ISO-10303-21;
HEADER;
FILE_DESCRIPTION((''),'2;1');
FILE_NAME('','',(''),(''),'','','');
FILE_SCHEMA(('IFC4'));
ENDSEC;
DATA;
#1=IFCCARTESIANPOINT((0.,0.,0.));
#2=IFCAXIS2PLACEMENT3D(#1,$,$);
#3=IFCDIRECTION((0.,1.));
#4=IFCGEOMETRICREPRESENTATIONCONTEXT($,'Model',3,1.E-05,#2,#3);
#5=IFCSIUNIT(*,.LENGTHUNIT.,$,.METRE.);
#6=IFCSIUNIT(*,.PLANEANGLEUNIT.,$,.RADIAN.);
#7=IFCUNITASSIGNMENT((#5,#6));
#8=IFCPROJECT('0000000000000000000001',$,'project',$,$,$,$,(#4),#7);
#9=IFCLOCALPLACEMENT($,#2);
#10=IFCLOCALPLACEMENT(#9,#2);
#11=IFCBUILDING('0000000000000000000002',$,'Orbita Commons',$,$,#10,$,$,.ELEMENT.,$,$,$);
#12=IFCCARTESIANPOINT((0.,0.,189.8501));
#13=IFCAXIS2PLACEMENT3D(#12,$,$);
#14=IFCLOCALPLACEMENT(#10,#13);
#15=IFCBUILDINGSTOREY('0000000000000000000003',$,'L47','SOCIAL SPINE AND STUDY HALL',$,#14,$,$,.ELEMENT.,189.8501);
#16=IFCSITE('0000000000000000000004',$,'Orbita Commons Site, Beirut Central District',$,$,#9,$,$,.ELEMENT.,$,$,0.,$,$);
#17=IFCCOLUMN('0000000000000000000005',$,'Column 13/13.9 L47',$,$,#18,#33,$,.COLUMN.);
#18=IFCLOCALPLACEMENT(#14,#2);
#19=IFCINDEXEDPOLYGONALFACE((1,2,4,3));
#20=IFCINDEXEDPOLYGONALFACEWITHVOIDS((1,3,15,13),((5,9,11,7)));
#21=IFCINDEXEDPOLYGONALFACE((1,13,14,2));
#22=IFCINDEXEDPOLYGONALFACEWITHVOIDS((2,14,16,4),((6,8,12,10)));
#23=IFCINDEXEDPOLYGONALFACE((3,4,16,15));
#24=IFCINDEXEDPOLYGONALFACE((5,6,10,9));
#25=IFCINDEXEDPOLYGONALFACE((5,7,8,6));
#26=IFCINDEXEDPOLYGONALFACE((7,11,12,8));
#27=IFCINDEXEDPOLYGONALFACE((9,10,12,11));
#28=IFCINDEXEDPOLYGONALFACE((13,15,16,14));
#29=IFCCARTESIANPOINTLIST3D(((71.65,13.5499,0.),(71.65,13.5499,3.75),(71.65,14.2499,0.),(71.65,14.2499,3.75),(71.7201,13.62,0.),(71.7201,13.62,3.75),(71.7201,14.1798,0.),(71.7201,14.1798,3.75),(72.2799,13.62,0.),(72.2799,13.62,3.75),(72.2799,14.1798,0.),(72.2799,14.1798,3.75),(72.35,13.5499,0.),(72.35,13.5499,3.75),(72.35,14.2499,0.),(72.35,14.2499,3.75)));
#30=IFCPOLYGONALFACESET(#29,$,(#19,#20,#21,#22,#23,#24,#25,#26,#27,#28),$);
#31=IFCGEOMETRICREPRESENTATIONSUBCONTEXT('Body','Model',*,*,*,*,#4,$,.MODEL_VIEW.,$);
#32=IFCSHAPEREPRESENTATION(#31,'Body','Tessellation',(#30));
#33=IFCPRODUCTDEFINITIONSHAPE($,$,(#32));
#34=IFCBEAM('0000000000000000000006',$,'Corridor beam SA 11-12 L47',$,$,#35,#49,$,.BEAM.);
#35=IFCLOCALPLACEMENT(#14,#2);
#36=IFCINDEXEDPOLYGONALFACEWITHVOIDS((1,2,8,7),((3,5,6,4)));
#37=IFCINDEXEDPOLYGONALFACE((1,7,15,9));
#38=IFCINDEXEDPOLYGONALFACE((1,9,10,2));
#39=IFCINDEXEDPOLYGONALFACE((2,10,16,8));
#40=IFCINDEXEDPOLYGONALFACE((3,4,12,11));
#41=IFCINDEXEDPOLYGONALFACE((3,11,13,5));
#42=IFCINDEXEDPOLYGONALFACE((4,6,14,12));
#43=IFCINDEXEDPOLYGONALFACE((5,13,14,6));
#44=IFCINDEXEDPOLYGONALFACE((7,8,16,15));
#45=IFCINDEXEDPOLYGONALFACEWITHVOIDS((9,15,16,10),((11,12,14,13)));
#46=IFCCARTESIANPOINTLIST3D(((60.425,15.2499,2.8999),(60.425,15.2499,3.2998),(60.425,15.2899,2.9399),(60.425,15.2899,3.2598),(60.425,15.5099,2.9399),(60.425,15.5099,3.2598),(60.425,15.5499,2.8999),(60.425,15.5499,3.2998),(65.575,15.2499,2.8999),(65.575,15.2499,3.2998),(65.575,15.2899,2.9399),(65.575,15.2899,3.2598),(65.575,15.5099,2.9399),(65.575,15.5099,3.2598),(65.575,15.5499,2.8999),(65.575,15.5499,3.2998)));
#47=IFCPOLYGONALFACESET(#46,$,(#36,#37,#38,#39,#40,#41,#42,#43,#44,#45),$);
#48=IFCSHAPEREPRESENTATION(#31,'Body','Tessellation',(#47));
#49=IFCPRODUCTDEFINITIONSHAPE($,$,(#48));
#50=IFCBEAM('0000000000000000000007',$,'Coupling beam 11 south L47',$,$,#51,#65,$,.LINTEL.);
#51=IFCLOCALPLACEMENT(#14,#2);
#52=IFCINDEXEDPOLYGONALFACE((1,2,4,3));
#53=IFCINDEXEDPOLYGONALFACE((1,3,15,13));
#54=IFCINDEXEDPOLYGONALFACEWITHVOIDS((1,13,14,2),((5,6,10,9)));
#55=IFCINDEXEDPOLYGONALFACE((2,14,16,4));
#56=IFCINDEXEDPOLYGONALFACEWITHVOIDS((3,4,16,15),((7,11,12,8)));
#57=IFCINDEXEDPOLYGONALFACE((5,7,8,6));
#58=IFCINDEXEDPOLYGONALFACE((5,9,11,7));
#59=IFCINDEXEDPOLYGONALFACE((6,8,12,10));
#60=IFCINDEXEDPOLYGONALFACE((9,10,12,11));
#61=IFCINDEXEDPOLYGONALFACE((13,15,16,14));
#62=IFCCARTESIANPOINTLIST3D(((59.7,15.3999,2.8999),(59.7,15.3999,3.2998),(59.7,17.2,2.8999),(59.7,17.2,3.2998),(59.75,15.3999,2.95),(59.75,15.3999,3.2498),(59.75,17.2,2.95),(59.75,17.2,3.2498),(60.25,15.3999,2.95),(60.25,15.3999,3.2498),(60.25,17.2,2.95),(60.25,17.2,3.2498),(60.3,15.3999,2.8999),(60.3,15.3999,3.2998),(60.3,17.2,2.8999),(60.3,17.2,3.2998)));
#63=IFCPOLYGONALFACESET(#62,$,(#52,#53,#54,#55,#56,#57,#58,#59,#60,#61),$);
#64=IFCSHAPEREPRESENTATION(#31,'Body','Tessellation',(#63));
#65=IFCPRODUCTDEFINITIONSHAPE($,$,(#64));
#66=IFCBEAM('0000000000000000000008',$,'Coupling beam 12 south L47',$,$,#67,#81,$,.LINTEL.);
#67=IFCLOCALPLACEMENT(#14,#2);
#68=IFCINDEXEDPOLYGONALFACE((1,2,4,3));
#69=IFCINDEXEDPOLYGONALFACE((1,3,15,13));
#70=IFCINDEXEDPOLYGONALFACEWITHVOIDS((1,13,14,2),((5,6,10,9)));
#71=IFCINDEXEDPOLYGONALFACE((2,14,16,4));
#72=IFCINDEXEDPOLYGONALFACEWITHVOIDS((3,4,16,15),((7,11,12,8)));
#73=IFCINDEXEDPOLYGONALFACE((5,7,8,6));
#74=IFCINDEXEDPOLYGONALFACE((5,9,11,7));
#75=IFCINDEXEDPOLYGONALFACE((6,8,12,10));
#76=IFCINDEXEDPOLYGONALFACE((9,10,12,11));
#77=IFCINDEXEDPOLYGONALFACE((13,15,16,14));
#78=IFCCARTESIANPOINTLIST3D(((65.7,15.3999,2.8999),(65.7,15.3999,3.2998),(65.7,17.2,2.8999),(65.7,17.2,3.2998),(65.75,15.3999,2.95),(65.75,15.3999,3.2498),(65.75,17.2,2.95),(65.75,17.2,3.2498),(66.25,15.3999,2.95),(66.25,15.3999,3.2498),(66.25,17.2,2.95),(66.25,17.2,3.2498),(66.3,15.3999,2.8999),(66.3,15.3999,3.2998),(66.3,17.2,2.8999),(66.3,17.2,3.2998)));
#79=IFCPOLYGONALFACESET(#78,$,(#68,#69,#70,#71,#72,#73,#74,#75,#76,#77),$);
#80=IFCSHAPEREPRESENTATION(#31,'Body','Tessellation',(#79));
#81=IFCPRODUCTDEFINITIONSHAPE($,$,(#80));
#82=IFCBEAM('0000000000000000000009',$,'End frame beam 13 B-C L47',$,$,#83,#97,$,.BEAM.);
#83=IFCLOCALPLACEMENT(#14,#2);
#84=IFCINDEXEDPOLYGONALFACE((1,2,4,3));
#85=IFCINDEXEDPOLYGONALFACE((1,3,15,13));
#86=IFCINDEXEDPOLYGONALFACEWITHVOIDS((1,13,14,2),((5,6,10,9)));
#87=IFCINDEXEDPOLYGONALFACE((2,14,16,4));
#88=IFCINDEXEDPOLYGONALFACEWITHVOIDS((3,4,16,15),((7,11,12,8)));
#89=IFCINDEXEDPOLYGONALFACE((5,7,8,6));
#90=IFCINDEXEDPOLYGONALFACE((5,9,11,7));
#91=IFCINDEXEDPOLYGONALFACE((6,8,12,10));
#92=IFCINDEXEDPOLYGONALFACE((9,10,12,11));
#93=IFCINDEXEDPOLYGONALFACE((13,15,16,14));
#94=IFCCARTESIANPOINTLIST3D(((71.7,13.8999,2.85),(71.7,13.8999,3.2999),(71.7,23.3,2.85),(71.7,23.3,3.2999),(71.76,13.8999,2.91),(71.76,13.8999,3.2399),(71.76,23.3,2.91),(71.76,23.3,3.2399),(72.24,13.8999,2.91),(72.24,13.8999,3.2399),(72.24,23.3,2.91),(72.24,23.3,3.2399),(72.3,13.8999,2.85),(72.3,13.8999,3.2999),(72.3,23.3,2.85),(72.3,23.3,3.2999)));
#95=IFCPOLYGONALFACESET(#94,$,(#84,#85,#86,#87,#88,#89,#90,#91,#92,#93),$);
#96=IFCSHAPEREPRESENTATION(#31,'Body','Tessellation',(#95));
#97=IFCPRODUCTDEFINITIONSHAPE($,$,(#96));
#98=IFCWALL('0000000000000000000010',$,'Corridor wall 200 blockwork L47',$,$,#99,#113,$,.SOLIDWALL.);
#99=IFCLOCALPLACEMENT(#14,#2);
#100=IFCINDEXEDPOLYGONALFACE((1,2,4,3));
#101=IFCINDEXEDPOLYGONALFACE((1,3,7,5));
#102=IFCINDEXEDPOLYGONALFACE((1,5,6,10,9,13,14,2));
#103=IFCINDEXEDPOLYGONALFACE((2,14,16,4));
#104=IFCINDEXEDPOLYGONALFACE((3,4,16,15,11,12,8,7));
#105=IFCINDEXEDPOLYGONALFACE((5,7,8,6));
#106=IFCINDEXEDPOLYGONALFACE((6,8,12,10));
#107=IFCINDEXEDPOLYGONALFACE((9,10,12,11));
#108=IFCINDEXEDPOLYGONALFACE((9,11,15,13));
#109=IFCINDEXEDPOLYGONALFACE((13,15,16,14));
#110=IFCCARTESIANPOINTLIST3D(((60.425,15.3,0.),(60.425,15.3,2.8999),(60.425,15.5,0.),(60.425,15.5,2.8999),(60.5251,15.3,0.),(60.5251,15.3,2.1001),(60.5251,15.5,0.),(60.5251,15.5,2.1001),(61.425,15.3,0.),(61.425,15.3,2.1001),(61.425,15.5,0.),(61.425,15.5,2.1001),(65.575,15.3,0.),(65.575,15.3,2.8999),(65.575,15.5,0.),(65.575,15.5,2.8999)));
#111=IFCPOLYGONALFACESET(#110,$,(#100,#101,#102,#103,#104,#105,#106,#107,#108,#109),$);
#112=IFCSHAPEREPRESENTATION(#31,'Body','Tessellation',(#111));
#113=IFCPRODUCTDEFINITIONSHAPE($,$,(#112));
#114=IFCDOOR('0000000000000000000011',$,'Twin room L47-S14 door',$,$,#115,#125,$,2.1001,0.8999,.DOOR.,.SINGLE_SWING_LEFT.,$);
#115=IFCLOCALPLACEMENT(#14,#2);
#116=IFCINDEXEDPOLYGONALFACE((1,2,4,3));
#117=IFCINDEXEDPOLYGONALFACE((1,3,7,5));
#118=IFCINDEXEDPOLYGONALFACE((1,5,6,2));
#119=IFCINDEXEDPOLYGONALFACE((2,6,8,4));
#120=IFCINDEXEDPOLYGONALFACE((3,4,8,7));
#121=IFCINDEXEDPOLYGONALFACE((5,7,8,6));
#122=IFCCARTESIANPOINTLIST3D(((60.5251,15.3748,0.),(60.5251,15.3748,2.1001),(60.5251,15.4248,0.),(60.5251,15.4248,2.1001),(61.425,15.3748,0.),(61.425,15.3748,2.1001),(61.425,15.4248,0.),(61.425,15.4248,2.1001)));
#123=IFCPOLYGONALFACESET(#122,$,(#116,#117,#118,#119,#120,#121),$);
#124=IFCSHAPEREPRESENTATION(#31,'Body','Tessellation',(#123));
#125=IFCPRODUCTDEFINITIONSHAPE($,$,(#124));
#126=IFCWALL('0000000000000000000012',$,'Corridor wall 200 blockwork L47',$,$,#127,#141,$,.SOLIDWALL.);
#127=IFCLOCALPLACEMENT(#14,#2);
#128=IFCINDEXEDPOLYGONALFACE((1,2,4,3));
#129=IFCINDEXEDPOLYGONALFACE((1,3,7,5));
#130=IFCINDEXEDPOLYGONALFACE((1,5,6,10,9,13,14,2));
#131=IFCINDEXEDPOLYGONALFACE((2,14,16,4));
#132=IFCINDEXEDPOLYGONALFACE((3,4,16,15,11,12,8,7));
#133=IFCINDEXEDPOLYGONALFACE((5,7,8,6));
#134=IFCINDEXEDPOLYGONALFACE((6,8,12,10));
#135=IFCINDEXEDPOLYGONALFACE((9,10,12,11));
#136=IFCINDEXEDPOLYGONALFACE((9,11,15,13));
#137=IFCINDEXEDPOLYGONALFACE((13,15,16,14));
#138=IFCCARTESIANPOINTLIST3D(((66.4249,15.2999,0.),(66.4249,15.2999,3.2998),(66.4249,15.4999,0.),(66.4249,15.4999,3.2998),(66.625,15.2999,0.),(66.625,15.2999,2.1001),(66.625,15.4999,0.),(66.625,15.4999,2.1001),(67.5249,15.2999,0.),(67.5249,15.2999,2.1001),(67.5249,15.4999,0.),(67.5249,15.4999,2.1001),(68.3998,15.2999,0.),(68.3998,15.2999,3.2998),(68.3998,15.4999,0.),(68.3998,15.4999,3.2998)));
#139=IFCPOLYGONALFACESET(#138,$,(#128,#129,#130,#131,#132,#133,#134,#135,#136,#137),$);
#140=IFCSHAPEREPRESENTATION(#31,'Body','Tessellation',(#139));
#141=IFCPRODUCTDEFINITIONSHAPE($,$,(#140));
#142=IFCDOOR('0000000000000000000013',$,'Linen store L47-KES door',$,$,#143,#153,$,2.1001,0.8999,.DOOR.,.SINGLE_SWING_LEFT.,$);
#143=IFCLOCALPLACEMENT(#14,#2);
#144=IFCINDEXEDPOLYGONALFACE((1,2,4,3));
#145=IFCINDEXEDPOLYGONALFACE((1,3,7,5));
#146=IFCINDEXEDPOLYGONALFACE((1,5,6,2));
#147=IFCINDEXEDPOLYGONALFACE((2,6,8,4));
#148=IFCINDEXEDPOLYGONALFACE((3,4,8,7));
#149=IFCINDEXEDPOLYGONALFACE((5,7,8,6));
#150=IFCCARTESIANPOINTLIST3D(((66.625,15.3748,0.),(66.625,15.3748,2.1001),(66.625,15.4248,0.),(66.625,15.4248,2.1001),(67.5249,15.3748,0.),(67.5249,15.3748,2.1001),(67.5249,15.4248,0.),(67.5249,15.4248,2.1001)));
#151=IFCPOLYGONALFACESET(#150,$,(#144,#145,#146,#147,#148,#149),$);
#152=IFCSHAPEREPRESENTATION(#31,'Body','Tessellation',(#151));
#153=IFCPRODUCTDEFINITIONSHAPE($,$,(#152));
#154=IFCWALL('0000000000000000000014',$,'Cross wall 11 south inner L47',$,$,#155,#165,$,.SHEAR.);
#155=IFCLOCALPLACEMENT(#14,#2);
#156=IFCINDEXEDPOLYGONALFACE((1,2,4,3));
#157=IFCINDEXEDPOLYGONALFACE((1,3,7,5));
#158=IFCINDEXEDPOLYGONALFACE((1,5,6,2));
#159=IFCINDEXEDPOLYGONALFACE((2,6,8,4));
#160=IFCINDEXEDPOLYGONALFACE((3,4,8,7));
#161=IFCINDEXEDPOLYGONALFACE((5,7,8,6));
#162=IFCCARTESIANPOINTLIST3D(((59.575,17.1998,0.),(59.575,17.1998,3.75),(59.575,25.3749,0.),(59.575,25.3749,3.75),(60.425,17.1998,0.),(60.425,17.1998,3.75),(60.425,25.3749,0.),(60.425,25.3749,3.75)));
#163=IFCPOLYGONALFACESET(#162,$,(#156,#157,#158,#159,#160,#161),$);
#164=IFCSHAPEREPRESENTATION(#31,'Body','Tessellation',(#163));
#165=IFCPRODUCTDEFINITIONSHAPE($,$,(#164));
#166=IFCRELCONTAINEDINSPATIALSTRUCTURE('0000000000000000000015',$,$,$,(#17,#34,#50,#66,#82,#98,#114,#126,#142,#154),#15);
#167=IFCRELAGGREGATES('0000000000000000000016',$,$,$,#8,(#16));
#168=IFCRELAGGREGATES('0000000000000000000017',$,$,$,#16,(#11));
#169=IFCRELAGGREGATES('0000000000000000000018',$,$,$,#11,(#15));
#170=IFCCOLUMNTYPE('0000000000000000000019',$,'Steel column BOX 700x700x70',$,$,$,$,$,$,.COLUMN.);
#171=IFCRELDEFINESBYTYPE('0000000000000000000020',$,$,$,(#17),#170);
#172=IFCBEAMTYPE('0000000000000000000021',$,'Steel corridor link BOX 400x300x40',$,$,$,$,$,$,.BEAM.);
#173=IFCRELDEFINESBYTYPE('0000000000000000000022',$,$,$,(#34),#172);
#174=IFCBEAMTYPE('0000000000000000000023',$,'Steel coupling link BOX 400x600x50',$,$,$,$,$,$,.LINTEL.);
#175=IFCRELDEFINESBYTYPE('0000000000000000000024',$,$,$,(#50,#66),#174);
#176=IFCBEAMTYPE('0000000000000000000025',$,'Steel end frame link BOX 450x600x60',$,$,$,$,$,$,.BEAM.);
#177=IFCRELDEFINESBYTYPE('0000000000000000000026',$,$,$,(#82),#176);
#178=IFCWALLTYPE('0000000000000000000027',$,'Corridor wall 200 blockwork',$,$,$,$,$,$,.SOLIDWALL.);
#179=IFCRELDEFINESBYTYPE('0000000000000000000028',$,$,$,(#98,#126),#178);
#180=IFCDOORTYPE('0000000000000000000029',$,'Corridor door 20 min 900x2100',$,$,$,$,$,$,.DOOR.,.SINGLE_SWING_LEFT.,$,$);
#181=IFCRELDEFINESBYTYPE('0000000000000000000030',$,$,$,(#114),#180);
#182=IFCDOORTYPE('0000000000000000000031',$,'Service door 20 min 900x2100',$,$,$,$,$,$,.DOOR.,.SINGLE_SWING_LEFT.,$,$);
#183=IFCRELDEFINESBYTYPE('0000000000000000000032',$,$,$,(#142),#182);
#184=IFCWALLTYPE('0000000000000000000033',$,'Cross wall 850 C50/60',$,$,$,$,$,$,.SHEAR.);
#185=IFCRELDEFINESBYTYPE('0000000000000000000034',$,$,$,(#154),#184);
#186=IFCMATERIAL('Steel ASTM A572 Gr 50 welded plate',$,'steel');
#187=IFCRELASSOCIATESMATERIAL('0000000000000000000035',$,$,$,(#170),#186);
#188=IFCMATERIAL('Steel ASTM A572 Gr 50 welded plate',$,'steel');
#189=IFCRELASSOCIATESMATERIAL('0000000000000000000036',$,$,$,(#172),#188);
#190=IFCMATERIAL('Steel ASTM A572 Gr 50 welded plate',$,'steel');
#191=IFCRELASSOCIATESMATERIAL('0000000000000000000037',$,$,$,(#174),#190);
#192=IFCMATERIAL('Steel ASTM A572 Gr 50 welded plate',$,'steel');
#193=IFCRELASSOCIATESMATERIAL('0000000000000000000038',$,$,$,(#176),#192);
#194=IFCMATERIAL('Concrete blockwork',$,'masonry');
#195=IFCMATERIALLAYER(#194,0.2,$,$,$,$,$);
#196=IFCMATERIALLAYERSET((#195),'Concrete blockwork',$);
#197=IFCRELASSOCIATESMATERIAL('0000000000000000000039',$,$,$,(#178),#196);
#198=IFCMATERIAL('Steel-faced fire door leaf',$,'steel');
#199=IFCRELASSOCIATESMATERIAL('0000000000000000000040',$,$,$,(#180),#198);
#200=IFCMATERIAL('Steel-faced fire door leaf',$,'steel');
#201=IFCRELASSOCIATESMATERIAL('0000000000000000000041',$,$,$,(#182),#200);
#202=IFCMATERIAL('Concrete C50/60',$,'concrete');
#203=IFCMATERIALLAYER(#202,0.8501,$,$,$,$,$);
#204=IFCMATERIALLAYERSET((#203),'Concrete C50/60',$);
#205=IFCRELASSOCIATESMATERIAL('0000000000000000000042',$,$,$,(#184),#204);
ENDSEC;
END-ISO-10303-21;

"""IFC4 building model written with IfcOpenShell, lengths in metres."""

from ifc_helpers import new_model, si_unit, direction, frame, frame_2d, origin, origin_2d, place, context, subcontext, project, spatial, polyline, rectangle, hollow_rectangle, outline, extrude, material, layer, layer_set, material_profile, profile_set, type_object, element, fill, save


model = new_model("IFC4")

# Units and contexts
model_context = context("Model", 3, precision=1e-05, world=origin(), true_north=direction((0.0, 1.0)))
body_context = subcontext(model_context, "Body", "Model", "MODEL_VIEW")
ifc_project = project(units=[si_unit("LENGTHUNIT", "METRE"), si_unit("PLANEANGLEUNIT", "RADIAN")], contexts=[model_context])

# Site, building, storey
site_placement = place(None, origin())
site = spatial("IfcSite", under=ifc_project, at=site_placement, Name="Orbita Commons Site, Beirut Central District", CompositionType="ELEMENT", RefElevation=0.0)
building_placement = place(site_placement, origin())
building = spatial("IfcBuilding", under=site, at=building_placement, Name="Orbita Commons", CompositionType="ELEMENT")
storey_placement = place(building_placement, frame((0.0, 0.0, 189.8501)))
storey = spatial("IfcBuildingStorey", under=building, at=storey_placement, Name="L47", Description="SOCIAL SPINE AND STUDY HALL", CompositionType="ELEMENT", Elevation=189.8501)

# Column
ifc_material_1 = material(Name="Steel ASTM A572 Gr 50 welded plate", Category="steel")
ifc_material_profile_1 = material_profile(ifc_material_1, hollow_rectangle(XDim=0.7, YDim=0.7, WallThickness=0.0701, at=origin_2d()), Name="BOX 700x700x70")
ifc_profile_set_1 = profile_set([ifc_material_profile_1], Name="Steel ASTM A572 Gr 50 welded plate")
column_type = type_object("IfcColumnType", Name="Steel column BOX 700x700x70", PredefinedType="COLUMN", material=ifc_profile_set_1)
column_placement = place(storey_placement, frame((72.0, 13.8999, 0.0), z_axis=(0.0, 0.0, 1.0), x_axis=(1.0, 0.0, 0.0)))
element("IfcColumn", 1, at=column_placement, inside=storey, type_object=column_type, Name="Column 13/13.9 L47", PredefinedType="COLUMN", context=body_context, shape_type="SweptSolid", body=[
    extrude(hollow_rectangle(XDim=0.7, YDim=0.7, WallThickness=0.0701, at=origin_2d()), origin(), (0.0, 0.0, 1.0), 3.75),
])

# Beams
ifc_material_2 = material(Name="Steel ASTM A572 Gr 50 welded plate", Category="steel")
ifc_material_profile_2 = material_profile(ifc_material_2, hollow_rectangle(XDim=0.3, YDim=0.3999, WallThickness=0.04, at=origin_2d()), Name="BOX 400x300x40")
ifc_profile_set_2 = profile_set([ifc_material_profile_2], Name="Steel ASTM A572 Gr 50 welded plate")
beam_type_1 = type_object("IfcBeamType", Name="Steel corridor link BOX 400x300x40", PredefinedType="BEAM", material=ifc_profile_set_2)
beam_1_placement = place(storey_placement, frame((60.425, 15.3999, 3.0999), z_axis=(1.0, 0.0, 0.0), x_axis=(0.0, 1.0, 0.0)))
element("IfcBeam", 2, at=beam_1_placement, inside=storey, type_object=beam_type_1, Name="Corridor beam SA 11-12 L47", PredefinedType="BEAM", context=body_context, shape_type="SweptSolid", body=[
    extrude(hollow_rectangle(XDim=0.3, YDim=0.3999, WallThickness=0.04, at=origin_2d()), origin(), (0.0, 0.0, 1.0), 5.1499),
])
ifc_material_3 = material(Name="Steel ASTM A572 Gr 50 welded plate", Category="steel")
ifc_material_profile_3 = material_profile(ifc_material_3, hollow_rectangle(XDim=0.6001, YDim=0.3999, WallThickness=0.05, at=origin_2d()), Name="BOX 400x600x50")
ifc_profile_set_3 = profile_set([ifc_material_profile_3], Name="Steel ASTM A572 Gr 50 welded plate")
beam_type_2 = type_object("IfcBeamType", Name="Steel coupling link BOX 400x600x50", PredefinedType="LINTEL", material=ifc_profile_set_3)
for number, where, z_axis, x_axis, name in (
    (3, (60.0, 15.3999, 3.0999), (0.0, 1.0, 0.0), (-1.0, 0.0, 0.0), "Coupling beam 11 south L47"),
    (4, (66.0, 15.3999, 3.0999), (0.0, 1.0, 0.0), (-1.0, 0.0, 0.0), "Coupling beam 12 south L47"),
):
    element("IfcBeam", number, at=place(storey_placement, frame(where, z_axis=z_axis, x_axis=x_axis)), inside=storey, type_object=beam_type_2, Name=name, PredefinedType="LINTEL", context=body_context, shape_type="SweptSolid", body=[
        extrude(hollow_rectangle(XDim=0.6001, YDim=0.3999, WallThickness=0.05, at=origin_2d()), origin(), (0.0, 0.0, 1.0), 1.8),
    ])
ifc_material_4 = material(Name="Steel ASTM A572 Gr 50 welded plate", Category="steel")
ifc_material_profile_4 = material_profile(ifc_material_4, hollow_rectangle(XDim=0.6001, YDim=0.45, WallThickness=0.0601, at=origin_2d()), Name="BOX 450x600x60")
ifc_profile_set_4 = profile_set([ifc_material_profile_4], Name="Steel ASTM A572 Gr 50 welded plate")
beam_type_3 = type_object("IfcBeamType", Name="Steel end frame link BOX 450x600x60", PredefinedType="BEAM", material=ifc_profile_set_4)
beam_2_placement = place(storey_placement, frame((72.0, 13.8999, 3.075), z_axis=(0.0, 1.0, 0.0), x_axis=(-1.0, 0.0, 0.0)))
element("IfcBeam", 5, at=beam_2_placement, inside=storey, type_object=beam_type_3, Name="End frame beam 13 B-C L47", PredefinedType="BEAM", context=body_context, shape_type="SweptSolid", body=[
    extrude(hollow_rectangle(XDim=0.6001, YDim=0.45, WallThickness=0.0601, at=origin_2d()), origin(), (0.0, 0.0, 1.0), 9.4001),
])

# Walls, openings, doors
ifc_material_5 = material(Name="Concrete blockwork", Category="masonry")
ifc_layer_1 = layer(ifc_material_5, 0.2)
ifc_layer_set_1 = layer_set([ifc_layer_1], Name="Concrete blockwork")
wall_type_1 = type_object("IfcWallType", Name="Corridor wall 200 blockwork", PredefinedType="SOLIDWALL", material=ifc_layer_set_1)
wall_1_placement = place(storey_placement, frame((60.425, 15.3999, 0.0), z_axis=(0.0, 0.0, 1.0), x_axis=(1.0, 0.0, 0.0)))
wall_1 = element("IfcWall", 6, at=wall_1_placement, inside=storey, type_object=wall_type_1, Name="Corridor wall 200 blockwork L47", PredefinedType="SOLIDWALL", context=body_context, shape_type="SweptSolid", body=[
    extrude(outline(polyline([(0.0, 0.0), (5.1499, 0.0), (5.1499, 2.8999), (0.0, 2.8999), (0.0, 0.0)])), frame((0.0, 0.1001, 0.0), z_axis=(0.0, -1.0, 0.0), x_axis=(1.0, 0.0, 0.0)), (0.0, 0.0, 1.0), 0.2),
])
opening_1_placement = place(wall_1_placement, frame((0.1001, 0.0, 0.0)))
opening_1 = element("IfcOpeningElement", 7, at=opening_1_placement, cuts=wall_1, PredefinedType="OPENING", context=body_context, shape_type="SweptSolid", body=[
    extrude(rectangle(XDim=0.8999, YDim=2.1001, at=frame_2d((0.45, 1.05))), frame((0.0, 0.1099, 0.0), z_axis=(0.0, -1.0, 0.0), x_axis=(1.0, 0.0, 0.0)), (0.0, 0.0, 1.0), 0.22),
])
ifc_material_6 = material(Name="Steel-faced fire door leaf", Category="steel")
door_type_1 = type_object("IfcDoorType", Name="Corridor door 20 min 900x2100", OperationType="SINGLE_SWING_LEFT", PredefinedType="DOOR", material=ifc_material_6)
door_1_placement = place(opening_1_placement, origin())
door_1 = element("IfcDoor", 8, at=door_1_placement, inside=storey, type_object=door_type_1, Name="Twin room L47-S14 door", OperationType="SINGLE_SWING_LEFT", OverallHeight=2.1001, OverallWidth=0.8999, PredefinedType="DOOR", context=body_context, shape_type="SweptSolid", body=[
    extrude(rectangle(XDim=0.8999, YDim=2.1001, at=frame_2d((0.45, 1.05))), frame((0.0, 0.0249, 0.0), z_axis=(0.0, -1.0, 0.0), x_axis=(1.0, 0.0, 0.0)), (0.0, 0.0, 1.0), 0.05),
])
fill(opening_1, door_1)
wall_2_placement = place(storey_placement, frame((66.425, 15.3999, 0.0), z_axis=(0.0, 0.0, 1.0), x_axis=(1.0, 0.0, 0.0)))
wall_2 = element("IfcWall", 9, at=wall_2_placement, inside=storey, type_object=wall_type_1, Name="Corridor wall 200 blockwork L47", PredefinedType="SOLIDWALL", context=body_context, shape_type="SweptSolid", body=[
    extrude(rectangle(XDim=1.9749, YDim=0.2, at=frame_2d((0.9873, 0.0))), origin(), (0.0, 0.0, 1.0), 3.2998),
])
opening_2_placement = place(wall_2_placement, frame((0.2, 0.0, 0.0)))
opening_2 = element("IfcOpeningElement", 10, at=opening_2_placement, cuts=wall_2, PredefinedType="OPENING", context=body_context, shape_type="SweptSolid", body=[
    extrude(rectangle(XDim=0.8999, YDim=2.1001, at=frame_2d((0.45, 1.05))), frame((0.0, 0.1099, 0.0), z_axis=(0.0, -1.0, 0.0), x_axis=(1.0, 0.0, 0.0)), (0.0, 0.0, 1.0), 0.22),
])
ifc_material_7 = material(Name="Steel-faced fire door leaf", Category="steel")
door_type_2 = type_object("IfcDoorType", Name="Service door 20 min 900x2100", OperationType="SINGLE_SWING_LEFT", PredefinedType="DOOR", material=ifc_material_7)
door_2_placement = place(opening_2_placement, origin())
door_2 = element("IfcDoor", 11, at=door_2_placement, inside=storey, type_object=door_type_2, Name="Linen store L47-KES door", OperationType="SINGLE_SWING_LEFT", OverallHeight=2.1001, OverallWidth=0.8999, PredefinedType="DOOR", context=body_context, shape_type="SweptSolid", body=[
    extrude(rectangle(XDim=0.8999, YDim=2.1001, at=frame_2d((0.45, 1.05))), frame((0.0, 0.0249, 0.0), z_axis=(0.0, -1.0, 0.0), x_axis=(1.0, 0.0, 0.0)), (0.0, 0.0, 1.0), 0.05),
])
fill(opening_2, door_2)

# Wall
ifc_material_8 = material(Name="Concrete C50/60", Category="concrete")
ifc_layer_2 = layer(ifc_material_8, 0.8501)
ifc_layer_set_2 = layer_set([ifc_layer_2], Name="Concrete C50/60")
wall_type_2 = type_object("IfcWallType", Name="Cross wall 850 C50/60", PredefinedType="SHEAR", material=ifc_layer_set_2)
wall_3_placement = place(storey_placement, frame((60.0, 17.2, 0.0), z_axis=(0.0, 0.0, 1.0), x_axis=(0.0, 1.0, 0.0)))
element("IfcWall", 12, at=wall_3_placement, inside=storey, type_object=wall_type_2, Name="Cross wall 11 south inner L47", PredefinedType="SHEAR", context=body_context, shape_type="SweptSolid", body=[
    extrude(rectangle(XDim=8.175, YDim=0.8501, at=frame_2d((4.0874, 0.0))), origin(), (0.0, 0.0, 1.0), 3.75),
])

save(model, "model.ifc")
